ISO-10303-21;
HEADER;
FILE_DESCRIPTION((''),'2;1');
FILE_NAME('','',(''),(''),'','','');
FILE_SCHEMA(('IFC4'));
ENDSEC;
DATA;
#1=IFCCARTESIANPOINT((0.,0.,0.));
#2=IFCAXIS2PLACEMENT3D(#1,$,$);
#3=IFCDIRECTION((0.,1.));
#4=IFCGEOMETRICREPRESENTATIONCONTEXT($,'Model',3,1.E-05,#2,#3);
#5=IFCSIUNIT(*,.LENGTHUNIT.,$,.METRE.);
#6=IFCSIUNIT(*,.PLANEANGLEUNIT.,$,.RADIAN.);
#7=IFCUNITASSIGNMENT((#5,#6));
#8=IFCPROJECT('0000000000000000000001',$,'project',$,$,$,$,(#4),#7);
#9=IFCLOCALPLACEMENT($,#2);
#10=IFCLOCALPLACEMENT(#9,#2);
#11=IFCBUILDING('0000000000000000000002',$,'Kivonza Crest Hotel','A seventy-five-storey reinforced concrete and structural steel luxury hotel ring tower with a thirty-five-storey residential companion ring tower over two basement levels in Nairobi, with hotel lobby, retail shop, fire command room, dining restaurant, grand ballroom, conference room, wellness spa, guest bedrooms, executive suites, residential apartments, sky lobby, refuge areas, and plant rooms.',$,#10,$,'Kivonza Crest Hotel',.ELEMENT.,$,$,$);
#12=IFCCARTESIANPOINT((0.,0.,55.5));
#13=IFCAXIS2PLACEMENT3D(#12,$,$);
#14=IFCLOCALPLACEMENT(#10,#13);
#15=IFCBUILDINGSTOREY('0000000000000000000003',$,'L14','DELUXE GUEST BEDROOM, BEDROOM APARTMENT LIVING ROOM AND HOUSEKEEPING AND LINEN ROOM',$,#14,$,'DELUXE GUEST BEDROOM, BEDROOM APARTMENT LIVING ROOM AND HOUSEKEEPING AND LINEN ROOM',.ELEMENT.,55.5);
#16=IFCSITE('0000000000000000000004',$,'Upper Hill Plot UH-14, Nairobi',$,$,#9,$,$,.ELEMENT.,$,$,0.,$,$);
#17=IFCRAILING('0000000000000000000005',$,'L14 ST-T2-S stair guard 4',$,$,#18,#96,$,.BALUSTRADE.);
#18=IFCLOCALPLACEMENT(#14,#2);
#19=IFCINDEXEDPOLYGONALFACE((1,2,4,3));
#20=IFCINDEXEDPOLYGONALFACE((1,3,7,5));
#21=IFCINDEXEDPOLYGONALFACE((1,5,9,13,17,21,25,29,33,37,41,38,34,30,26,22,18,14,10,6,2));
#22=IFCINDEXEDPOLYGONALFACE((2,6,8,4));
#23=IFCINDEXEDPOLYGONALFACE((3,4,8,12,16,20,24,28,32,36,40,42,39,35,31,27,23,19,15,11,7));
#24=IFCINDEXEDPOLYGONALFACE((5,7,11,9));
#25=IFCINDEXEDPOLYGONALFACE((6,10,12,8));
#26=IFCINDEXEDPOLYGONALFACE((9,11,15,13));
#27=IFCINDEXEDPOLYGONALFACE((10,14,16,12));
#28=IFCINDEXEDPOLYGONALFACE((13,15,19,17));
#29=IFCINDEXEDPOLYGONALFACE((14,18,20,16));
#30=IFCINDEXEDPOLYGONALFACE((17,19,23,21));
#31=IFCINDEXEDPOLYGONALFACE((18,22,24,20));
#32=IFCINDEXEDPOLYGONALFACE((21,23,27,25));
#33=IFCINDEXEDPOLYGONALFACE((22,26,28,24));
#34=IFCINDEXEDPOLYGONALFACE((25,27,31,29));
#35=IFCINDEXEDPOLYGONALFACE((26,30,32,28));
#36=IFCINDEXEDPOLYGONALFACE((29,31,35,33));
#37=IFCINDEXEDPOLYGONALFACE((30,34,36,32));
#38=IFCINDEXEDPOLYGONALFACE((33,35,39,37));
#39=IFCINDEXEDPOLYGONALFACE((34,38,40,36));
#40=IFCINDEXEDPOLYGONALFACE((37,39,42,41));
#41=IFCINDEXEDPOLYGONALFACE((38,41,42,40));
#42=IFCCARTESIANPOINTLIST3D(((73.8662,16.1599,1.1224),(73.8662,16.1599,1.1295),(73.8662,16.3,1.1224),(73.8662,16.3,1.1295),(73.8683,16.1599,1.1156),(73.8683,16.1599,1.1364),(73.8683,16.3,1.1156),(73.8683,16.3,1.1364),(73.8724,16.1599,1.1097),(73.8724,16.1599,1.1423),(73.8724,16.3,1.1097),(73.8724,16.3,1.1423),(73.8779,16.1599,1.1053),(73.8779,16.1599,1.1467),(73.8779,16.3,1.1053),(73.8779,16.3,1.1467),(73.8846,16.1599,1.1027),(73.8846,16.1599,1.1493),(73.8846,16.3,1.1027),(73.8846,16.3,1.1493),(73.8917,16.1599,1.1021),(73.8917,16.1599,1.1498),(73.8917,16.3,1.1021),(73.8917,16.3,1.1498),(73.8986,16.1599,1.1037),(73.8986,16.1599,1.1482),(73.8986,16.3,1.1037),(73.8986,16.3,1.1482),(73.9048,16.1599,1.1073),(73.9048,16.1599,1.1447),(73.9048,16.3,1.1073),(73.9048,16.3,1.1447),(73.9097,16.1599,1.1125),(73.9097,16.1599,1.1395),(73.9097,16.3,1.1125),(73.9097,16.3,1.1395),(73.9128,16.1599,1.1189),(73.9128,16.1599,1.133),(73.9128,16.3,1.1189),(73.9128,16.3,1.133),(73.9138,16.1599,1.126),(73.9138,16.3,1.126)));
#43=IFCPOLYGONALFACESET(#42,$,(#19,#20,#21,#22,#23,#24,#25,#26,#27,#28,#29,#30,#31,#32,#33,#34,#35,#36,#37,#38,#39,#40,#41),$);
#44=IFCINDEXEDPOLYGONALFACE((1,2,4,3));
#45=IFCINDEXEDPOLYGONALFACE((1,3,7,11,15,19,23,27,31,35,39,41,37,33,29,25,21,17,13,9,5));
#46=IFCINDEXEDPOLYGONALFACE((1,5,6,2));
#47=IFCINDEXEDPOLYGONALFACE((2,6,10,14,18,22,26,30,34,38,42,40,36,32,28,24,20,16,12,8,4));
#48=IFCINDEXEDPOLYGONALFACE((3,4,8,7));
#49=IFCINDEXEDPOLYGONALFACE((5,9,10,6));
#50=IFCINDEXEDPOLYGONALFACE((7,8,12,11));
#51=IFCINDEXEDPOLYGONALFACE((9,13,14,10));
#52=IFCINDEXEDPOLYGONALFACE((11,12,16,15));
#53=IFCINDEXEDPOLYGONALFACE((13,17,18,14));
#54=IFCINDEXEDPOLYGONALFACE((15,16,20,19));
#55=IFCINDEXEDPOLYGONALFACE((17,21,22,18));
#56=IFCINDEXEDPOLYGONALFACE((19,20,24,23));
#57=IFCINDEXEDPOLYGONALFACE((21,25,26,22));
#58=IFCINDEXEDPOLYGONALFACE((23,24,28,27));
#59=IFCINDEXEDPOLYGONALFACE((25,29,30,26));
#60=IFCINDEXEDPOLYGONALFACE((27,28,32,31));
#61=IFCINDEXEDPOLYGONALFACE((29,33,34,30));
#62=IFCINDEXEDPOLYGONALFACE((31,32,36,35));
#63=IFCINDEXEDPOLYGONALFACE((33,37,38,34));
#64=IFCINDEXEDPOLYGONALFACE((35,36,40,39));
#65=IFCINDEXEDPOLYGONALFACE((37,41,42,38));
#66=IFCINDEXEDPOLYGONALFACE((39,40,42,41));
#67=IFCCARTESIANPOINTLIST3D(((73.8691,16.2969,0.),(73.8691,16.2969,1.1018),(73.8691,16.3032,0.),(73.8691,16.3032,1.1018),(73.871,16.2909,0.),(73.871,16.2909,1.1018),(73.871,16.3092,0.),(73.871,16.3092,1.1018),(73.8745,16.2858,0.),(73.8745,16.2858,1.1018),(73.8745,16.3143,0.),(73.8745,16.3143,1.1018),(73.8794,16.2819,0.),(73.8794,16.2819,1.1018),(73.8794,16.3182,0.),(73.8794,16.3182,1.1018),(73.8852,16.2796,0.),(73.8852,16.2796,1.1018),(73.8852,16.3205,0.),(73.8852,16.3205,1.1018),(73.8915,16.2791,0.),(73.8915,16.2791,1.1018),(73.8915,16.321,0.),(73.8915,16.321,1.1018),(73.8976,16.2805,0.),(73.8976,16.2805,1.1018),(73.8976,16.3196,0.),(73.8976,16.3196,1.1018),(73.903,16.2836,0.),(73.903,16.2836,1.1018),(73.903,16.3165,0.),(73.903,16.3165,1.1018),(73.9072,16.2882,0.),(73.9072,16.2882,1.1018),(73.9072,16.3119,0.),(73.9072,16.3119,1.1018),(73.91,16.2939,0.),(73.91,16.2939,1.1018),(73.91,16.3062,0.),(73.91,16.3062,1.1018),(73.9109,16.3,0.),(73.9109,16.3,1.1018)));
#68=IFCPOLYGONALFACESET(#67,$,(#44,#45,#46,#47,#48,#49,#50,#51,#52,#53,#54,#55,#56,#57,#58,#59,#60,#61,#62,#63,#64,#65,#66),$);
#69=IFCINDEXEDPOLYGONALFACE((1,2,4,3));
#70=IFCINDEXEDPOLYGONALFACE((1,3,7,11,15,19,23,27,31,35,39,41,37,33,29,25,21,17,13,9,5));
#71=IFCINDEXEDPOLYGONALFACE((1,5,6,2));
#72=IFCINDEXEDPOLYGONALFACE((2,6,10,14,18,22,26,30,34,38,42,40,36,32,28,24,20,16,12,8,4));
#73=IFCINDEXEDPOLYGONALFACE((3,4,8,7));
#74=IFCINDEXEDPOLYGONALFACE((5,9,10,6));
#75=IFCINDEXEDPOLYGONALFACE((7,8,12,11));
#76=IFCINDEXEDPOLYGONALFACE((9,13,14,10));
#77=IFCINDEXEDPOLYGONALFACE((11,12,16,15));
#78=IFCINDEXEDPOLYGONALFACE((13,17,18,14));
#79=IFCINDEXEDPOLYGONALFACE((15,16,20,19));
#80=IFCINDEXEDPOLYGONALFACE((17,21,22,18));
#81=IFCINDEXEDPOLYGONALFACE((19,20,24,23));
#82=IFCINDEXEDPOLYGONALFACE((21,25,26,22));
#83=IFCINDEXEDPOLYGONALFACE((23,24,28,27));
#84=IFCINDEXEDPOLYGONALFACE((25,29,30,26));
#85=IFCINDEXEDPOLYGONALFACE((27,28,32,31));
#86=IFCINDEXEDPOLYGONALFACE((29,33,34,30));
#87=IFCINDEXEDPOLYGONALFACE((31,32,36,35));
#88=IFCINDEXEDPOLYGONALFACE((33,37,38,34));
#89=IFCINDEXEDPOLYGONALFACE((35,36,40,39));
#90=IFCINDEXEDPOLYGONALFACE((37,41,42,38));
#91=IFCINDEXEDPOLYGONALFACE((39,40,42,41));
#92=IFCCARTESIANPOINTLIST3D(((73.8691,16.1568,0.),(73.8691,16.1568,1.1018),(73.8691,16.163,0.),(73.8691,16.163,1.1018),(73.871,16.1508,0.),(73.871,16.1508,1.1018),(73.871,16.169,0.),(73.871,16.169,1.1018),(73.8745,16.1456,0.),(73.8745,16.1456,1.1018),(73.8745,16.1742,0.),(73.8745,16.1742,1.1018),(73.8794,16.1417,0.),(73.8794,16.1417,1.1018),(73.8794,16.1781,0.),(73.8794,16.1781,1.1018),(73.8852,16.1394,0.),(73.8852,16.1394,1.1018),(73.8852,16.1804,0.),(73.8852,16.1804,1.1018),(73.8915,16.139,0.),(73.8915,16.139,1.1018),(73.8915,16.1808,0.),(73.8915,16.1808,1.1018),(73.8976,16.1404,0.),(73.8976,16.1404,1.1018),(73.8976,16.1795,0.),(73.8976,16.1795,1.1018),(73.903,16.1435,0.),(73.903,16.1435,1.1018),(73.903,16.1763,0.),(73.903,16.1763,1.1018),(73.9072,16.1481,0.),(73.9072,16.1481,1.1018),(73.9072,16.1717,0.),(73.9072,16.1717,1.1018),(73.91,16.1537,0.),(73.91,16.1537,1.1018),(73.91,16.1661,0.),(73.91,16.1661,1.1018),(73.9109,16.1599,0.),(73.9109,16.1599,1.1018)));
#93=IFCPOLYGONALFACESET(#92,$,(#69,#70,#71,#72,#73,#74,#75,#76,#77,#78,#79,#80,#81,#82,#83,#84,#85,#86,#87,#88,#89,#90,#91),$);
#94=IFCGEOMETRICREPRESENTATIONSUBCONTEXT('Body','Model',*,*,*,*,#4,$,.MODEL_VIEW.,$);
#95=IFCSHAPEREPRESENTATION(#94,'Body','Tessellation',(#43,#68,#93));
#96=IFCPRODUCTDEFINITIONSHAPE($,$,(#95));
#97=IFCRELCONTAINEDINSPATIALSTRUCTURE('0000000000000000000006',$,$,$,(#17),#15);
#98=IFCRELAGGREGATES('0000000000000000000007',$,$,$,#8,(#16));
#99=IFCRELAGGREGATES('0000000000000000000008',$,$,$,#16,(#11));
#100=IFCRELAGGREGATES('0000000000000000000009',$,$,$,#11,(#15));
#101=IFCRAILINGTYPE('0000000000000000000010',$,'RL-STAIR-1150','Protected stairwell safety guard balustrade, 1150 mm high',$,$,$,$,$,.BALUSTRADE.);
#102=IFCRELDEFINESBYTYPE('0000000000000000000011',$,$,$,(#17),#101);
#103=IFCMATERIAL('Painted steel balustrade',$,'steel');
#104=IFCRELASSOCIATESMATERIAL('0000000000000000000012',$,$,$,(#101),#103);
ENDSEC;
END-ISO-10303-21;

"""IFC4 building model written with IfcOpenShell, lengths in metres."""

from ifc_helpers import new_model, si_unit, direction, frame, origin, origin_2d, place, context, subcontext, project, spatial, circle, extrude, material, type_object, element, save


model = new_model("IFC4")

# Units and contexts
model_context = context("Model", 3, precision=1e-05, world=origin(), true_north=direction((0.0, 1.0)))
body_context = subcontext(model_context, "Body", "Model", "MODEL_VIEW")
ifc_project = project(units=[si_unit("LENGTHUNIT", "METRE"), si_unit("PLANEANGLEUNIT", "RADIAN")], contexts=[model_context])

# Site, building, storey
site_placement = place(None, origin())
site = spatial("IfcSite", under=ifc_project, at=site_placement, Name="Upper Hill Plot UH-14, Nairobi", CompositionType="ELEMENT", RefElevation=0.0)
building_placement = place(site_placement, origin())
building = spatial("IfcBuilding", under=site, at=building_placement, Name="Kivonza Crest Hotel", Description="A seventy-five-storey reinforced concrete and structural steel luxury hotel ring tower with a thirty-five-storey residential companion ring tower over two basement levels in Nairobi, with hotel lobby, retail shop, fire command room, dining restaurant, grand ballroom, conference room, wellness spa, guest bedrooms, executive suites, residential apartments, sky lobby, refuge areas, and plant rooms.", LongName="Kivonza Crest Hotel", CompositionType="ELEMENT")
storey_placement = place(building_placement, frame((0.0, 0.0, 55.5)))
storey = spatial("IfcBuildingStorey", under=building, at=storey_placement, Name="L14", Description="DELUXE GUEST BEDROOM, BEDROOM APARTMENT LIVING ROOM AND HOUSEKEEPING AND LINEN ROOM", LongName="DELUXE GUEST BEDROOM, BEDROOM APARTMENT LIVING ROOM AND HOUSEKEEPING AND LINEN ROOM", CompositionType="ELEMENT", Elevation=55.5)

# Railing
ifc_material_1 = material(Name="Painted steel balustrade", Category="steel")
railing_type_1 = type_object("IfcRailingType", Name="RL-STAIR-1150", Description="Protected stairwell safety guard balustrade, 1150 mm high", PredefinedType="BALUSTRADE", material=ifc_material_1)
railing_1_placement = place(storey_placement, frame((73.8899, 16.3, 0.0)))
element("IfcRailing", 1, at=railing_1_placement, inside=storey, type_object=railing_type_1, Name="L14 ST-T2-S stair guard 4", PredefinedType="BALUSTRADE", context=body_context, shape_type="SweptSolid", body=[
    extrude(circle(Radius=0.0239, at=origin_2d()), frame((0.0, 0.0, 1.126), z_axis=(0.0, -1.0, 0.0), x_axis=(1.0, 0.0, 0.0)), (0.0, 0.0, 1.0), 0.1401),
    extrude(circle(Radius=0.021, at=origin_2d()), origin(), (0.0, 0.0, 1.0), 1.1018),
    extrude(circle(Radius=0.021, at=origin_2d()), frame((0.0, -0.1401, 0.0)), (0.0, 0.0, 1.0), 1.1018),
])

save(model, "model.ifc")
